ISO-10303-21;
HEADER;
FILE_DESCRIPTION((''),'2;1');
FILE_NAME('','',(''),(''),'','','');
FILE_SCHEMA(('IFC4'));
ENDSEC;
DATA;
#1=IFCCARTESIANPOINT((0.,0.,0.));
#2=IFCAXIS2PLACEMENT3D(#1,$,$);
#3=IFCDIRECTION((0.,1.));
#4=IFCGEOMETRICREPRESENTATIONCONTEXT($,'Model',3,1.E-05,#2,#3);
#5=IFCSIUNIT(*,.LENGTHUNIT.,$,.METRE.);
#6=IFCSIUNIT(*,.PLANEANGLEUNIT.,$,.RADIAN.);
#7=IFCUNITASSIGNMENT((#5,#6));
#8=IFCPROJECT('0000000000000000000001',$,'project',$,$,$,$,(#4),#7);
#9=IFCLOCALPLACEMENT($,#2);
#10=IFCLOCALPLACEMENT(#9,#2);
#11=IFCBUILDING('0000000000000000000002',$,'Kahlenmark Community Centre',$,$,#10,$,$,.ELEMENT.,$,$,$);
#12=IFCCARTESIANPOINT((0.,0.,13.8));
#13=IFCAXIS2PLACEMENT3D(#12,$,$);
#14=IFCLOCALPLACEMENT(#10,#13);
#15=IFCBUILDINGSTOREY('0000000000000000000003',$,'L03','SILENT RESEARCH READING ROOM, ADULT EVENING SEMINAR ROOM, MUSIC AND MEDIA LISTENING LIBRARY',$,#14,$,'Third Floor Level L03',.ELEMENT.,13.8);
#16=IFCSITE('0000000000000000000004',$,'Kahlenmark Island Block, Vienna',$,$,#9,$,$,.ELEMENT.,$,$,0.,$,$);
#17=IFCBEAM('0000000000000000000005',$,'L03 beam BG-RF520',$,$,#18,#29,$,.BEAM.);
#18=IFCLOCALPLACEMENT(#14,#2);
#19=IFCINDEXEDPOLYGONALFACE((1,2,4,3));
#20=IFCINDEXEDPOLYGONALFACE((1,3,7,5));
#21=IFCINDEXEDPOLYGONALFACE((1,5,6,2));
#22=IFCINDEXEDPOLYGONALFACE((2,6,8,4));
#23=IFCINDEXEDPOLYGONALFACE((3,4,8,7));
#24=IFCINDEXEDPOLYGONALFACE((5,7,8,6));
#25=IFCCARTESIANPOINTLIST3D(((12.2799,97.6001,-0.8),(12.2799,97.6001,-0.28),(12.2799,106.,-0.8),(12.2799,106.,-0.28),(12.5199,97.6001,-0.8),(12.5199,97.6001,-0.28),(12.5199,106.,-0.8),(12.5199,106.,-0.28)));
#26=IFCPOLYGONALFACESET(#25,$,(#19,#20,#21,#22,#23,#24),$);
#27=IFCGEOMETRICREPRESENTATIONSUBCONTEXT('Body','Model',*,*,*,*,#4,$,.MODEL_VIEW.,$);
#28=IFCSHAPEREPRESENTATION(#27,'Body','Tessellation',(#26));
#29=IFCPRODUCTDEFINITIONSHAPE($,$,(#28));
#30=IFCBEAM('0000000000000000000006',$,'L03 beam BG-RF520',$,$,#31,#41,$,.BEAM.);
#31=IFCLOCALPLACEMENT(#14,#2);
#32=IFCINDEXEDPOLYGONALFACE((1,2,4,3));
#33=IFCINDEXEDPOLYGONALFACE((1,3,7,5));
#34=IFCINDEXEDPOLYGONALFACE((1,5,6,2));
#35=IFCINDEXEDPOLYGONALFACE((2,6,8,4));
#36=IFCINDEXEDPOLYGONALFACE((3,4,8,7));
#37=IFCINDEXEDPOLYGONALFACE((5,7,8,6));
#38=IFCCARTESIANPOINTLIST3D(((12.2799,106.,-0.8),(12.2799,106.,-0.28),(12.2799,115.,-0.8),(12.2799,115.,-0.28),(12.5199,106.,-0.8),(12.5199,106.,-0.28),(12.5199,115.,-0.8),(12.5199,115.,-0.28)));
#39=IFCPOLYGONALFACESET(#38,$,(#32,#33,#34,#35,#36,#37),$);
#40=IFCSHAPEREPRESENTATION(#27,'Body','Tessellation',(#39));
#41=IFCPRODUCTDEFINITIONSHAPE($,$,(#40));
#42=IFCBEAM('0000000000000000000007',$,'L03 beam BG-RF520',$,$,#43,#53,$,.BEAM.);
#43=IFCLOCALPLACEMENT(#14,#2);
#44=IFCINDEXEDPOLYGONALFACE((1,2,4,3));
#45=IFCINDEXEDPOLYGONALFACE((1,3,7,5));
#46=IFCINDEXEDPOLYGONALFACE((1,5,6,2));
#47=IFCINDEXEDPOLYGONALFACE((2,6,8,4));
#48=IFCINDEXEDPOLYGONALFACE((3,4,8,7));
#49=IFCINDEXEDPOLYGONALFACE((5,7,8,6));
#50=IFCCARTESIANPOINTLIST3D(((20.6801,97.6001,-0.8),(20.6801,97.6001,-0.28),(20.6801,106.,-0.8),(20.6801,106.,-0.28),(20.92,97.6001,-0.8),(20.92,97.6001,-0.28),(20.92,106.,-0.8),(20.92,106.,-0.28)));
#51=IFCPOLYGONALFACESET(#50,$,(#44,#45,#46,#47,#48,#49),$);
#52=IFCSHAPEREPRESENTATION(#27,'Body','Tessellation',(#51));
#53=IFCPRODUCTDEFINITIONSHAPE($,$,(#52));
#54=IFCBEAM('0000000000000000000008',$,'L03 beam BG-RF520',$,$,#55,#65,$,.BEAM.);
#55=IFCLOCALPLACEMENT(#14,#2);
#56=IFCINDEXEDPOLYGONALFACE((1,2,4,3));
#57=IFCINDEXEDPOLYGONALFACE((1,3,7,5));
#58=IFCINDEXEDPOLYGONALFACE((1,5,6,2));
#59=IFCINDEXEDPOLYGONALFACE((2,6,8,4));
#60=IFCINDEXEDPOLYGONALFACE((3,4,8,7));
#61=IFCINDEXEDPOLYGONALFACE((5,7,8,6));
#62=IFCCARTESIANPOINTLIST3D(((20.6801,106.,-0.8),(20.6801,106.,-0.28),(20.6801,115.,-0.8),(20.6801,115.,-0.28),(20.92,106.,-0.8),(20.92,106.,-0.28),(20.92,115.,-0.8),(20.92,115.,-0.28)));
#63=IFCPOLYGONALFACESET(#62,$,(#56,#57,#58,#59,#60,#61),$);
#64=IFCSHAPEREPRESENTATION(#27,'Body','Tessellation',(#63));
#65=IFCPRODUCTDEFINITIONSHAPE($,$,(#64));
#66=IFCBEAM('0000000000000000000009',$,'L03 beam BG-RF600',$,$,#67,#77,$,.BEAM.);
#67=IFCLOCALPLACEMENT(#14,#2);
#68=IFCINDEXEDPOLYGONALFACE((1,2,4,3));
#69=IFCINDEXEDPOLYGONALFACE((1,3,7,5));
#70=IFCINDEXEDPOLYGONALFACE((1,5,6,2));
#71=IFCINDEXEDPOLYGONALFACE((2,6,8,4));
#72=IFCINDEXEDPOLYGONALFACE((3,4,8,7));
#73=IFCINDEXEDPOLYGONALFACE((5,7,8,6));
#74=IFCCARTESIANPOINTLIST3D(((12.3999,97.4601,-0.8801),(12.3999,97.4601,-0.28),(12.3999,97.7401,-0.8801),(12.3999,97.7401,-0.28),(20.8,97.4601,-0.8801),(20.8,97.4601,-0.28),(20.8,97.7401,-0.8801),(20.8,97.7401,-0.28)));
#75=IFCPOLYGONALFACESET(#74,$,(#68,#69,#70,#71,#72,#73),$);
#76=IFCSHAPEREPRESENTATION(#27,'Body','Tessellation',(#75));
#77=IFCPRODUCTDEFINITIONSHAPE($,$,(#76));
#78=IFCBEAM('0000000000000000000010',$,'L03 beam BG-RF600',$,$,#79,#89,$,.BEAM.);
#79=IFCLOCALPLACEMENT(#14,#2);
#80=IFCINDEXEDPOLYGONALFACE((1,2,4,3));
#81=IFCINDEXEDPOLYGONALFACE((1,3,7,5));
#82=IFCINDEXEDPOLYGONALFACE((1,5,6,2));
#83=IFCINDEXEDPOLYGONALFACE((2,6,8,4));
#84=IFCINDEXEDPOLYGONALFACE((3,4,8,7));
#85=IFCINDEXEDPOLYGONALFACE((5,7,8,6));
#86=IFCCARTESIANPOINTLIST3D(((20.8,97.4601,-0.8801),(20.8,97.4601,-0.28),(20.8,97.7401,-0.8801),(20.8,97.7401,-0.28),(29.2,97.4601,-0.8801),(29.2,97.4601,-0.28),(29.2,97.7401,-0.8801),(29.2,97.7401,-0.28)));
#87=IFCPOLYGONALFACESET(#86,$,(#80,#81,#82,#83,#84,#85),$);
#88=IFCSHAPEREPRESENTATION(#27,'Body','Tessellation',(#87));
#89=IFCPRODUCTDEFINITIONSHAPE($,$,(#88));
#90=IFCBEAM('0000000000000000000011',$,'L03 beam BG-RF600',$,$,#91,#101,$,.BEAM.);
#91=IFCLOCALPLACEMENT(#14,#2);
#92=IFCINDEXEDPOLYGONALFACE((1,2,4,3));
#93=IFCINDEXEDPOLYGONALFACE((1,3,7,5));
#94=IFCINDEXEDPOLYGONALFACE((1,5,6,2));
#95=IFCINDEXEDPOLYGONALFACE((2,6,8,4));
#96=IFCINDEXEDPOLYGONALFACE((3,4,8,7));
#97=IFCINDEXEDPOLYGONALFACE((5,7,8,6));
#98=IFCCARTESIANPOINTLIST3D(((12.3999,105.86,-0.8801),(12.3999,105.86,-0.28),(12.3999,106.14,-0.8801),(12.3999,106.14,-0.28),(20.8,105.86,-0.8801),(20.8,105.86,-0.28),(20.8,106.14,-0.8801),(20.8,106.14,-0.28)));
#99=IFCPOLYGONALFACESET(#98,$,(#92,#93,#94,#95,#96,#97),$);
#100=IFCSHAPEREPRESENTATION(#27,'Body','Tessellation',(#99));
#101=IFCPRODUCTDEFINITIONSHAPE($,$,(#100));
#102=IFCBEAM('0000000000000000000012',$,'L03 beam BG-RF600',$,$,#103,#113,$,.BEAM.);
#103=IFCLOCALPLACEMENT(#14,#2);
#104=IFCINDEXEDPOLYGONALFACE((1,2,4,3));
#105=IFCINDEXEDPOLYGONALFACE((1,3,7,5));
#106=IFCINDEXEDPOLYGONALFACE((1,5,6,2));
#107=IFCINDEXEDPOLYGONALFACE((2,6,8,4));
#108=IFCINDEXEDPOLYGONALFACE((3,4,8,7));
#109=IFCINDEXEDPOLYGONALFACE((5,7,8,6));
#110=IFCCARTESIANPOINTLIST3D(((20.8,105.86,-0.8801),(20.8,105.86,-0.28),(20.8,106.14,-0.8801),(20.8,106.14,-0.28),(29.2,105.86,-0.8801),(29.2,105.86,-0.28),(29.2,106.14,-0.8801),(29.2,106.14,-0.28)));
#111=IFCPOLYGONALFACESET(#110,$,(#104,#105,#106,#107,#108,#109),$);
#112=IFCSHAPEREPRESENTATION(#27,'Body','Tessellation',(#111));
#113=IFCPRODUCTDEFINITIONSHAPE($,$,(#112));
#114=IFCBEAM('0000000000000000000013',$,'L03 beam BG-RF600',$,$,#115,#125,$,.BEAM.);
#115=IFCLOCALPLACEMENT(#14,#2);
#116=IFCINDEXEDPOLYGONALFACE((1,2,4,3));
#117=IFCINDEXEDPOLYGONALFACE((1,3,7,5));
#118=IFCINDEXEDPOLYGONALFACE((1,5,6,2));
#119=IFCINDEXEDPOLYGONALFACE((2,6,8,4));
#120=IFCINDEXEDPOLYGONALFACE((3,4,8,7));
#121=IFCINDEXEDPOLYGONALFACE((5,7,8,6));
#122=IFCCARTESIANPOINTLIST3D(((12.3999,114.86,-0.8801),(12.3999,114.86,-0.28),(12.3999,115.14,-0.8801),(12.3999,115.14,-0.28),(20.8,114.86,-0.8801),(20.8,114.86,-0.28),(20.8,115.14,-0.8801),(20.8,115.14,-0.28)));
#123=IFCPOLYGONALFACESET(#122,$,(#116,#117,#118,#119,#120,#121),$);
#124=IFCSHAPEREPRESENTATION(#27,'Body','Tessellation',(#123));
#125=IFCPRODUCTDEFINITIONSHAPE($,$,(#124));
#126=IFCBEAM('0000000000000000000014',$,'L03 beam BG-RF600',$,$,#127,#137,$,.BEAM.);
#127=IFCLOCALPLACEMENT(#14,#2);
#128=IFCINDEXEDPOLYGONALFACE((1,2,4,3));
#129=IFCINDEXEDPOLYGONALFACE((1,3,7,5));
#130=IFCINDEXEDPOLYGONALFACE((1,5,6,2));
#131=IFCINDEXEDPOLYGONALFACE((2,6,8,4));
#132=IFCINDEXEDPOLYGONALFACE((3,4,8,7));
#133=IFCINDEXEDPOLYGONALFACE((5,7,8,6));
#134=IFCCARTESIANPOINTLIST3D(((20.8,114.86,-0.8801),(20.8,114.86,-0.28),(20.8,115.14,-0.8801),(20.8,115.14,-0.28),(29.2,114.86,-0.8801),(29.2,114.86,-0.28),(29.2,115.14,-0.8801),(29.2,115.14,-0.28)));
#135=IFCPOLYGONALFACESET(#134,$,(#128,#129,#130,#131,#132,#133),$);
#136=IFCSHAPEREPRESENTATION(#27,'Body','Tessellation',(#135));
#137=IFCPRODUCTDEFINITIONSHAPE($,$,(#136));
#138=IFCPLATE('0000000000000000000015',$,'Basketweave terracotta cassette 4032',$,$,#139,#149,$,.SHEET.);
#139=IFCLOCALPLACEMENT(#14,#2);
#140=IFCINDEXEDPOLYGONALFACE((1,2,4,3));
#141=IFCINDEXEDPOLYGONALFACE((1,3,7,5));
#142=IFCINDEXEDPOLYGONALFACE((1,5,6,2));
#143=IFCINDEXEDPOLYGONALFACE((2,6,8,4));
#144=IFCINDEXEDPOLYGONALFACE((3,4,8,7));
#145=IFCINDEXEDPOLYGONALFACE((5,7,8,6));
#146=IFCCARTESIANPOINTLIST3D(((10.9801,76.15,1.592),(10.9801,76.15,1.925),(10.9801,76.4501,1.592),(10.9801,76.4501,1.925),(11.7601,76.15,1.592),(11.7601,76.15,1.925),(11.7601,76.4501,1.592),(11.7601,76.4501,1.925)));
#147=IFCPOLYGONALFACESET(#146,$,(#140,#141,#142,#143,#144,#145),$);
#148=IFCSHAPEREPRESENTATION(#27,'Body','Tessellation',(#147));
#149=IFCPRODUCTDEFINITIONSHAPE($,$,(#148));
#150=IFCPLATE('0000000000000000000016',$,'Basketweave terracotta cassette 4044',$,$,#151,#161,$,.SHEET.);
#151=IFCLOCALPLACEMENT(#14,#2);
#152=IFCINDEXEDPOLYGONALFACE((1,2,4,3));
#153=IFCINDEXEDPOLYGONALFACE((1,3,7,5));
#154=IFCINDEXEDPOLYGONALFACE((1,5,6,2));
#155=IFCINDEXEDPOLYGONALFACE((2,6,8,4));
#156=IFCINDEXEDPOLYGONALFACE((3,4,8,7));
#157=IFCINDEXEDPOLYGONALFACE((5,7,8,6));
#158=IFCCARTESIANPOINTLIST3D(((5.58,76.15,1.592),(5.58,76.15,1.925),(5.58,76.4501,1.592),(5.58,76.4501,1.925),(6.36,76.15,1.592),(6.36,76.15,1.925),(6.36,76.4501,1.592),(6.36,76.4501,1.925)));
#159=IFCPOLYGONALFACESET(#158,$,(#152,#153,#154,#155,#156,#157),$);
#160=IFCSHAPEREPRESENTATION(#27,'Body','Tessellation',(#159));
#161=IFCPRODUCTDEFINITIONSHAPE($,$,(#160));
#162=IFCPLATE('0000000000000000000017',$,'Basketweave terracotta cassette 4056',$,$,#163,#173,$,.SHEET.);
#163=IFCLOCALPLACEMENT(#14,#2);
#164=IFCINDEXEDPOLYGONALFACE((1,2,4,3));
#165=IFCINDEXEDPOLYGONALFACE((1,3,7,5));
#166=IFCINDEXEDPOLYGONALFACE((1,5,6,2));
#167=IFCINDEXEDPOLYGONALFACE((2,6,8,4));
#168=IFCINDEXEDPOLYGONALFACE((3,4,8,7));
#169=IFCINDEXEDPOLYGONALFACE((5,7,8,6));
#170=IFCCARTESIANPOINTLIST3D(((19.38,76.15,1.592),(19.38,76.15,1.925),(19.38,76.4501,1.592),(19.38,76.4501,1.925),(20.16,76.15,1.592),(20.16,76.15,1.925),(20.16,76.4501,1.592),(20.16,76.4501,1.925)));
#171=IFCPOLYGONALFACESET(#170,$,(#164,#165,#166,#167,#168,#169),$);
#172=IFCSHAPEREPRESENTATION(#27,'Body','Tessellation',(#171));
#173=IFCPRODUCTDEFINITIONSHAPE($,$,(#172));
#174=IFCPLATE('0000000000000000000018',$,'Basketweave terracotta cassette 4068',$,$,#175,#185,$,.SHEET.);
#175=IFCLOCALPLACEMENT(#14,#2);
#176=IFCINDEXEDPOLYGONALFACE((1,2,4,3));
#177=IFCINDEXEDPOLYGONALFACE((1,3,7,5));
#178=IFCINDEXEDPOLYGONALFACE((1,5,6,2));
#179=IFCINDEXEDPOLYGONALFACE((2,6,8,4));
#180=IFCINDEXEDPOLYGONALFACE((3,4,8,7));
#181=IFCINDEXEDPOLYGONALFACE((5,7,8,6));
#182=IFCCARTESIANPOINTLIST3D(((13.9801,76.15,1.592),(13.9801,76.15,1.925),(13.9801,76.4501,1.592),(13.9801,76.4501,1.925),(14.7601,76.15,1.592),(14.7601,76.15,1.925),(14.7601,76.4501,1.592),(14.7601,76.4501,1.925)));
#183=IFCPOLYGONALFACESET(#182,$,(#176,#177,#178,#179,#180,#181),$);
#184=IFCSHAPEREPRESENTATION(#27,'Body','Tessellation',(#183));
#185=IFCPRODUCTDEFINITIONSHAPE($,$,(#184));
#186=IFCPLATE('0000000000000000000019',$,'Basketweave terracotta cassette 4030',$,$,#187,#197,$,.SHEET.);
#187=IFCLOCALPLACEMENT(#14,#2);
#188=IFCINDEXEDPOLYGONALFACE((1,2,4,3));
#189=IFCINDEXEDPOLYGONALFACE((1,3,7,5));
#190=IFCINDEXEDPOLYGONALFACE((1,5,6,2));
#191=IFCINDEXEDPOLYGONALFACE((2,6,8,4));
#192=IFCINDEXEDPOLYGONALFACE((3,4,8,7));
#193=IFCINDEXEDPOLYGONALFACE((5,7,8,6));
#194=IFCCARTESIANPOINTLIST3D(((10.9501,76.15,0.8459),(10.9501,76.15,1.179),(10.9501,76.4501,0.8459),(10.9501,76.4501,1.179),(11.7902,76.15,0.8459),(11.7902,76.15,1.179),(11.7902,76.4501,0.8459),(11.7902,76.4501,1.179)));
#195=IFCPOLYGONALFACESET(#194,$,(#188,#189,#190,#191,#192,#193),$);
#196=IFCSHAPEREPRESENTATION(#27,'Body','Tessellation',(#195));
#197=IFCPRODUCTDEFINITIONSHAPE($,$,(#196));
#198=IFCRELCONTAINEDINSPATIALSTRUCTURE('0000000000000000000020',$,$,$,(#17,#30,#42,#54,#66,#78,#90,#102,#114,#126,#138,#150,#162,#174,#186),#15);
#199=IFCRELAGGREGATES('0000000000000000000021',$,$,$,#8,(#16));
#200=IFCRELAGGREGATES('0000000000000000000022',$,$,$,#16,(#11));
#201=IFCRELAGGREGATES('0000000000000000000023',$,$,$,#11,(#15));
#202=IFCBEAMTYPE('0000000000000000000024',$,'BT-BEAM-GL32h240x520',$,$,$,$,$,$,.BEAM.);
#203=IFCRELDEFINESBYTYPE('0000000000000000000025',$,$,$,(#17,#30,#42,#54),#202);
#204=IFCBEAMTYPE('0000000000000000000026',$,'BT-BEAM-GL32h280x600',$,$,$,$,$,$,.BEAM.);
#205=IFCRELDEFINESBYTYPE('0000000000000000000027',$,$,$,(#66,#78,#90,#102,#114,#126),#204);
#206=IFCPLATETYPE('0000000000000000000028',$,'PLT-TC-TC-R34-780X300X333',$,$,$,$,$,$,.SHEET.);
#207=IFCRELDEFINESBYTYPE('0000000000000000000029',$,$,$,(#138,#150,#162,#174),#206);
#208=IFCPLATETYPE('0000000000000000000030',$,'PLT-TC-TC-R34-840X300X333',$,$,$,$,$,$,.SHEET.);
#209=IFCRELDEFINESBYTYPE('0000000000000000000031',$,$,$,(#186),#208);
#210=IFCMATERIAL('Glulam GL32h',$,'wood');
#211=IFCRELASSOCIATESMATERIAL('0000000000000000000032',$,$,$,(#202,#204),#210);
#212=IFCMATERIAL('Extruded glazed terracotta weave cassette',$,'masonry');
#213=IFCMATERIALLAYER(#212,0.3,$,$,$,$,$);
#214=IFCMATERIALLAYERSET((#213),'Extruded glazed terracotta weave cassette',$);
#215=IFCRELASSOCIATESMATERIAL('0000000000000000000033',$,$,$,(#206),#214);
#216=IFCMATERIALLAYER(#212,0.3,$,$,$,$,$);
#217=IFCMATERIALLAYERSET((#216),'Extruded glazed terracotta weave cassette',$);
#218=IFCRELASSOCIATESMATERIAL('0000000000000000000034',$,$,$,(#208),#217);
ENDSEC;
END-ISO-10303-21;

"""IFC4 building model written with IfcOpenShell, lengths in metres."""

from ifc_helpers import new_model, si_unit, direction, frame, origin, origin_2d, place, context, subcontext, project, spatial, rectangle, extrude, material, layer, layer_set, material_profile, profile_set, type_object, element, save


model = new_model("IFC4")

# Units and contexts
model_context = context("Model", 3, precision=1e-05, world=origin(), true_north=direction((0.0, 1.0)))
body_context = subcontext(model_context, "Body", "Model", "MODEL_VIEW")
ifc_project = project(units=[si_unit("LENGTHUNIT", "METRE"), si_unit("PLANEANGLEUNIT", "RADIAN")], contexts=[model_context])

# Site, building, storey
site_placement = place(None, origin())
site = spatial("IfcSite", under=ifc_project, at=site_placement, Name="Kahlenmark Island Block, Vienna", CompositionType="ELEMENT", RefElevation=0.0)
building_placement = place(site_placement, origin())
building = spatial("IfcBuilding", under=site, at=building_placement, Name="Kahlenmark Community Centre", CompositionType="ELEMENT")
storey_placement = place(building_placement, frame((0.0, 0.0, 13.8)))
storey = spatial("IfcBuildingStorey", under=building, at=storey_placement, Name="L03", Description="SILENT RESEARCH READING ROOM, ADULT EVENING SEMINAR ROOM, MUSIC AND MEDIA LISTENING LIBRARY", LongName="Third Floor Level L03", CompositionType="ELEMENT", Elevation=13.8)

# Beams
ifc_material_1 = material(Name="Glulam GL32h", Category="wood")
ifc_material_profile_1 = material_profile(ifc_material_1, rectangle(XDim=0.24, YDim=0.52, at=origin_2d()), Name="GL32h 240x520")
ifc_profile_set_1 = profile_set([ifc_material_profile_1], Name="Glulam GL32h")
beam_type_1 = type_object("IfcBeamType", Name="BT-BEAM-GL32h240x520", PredefinedType="BEAM", material=ifc_profile_set_1)
beam_1_placement = place(storey_placement, frame((12.3999, 97.6001, -0.54), z_axis=(0.0, 1.0, 0.0), x_axis=(-1.0, 0.0, 0.0)))
element("IfcBeam", 1, at=beam_1_placement, inside=storey, type_object=beam_type_1, Name="L03 beam BG-RF520", PredefinedType="BEAM", context=body_context, shape_type="SweptSolid", body=[
    extrude(rectangle(XDim=0.24, YDim=0.52, at=origin_2d()), origin(), (0.0, 0.0, 1.0), 8.3999),
])
beam_2_placement = place(storey_placement, frame((12.3999, 106.0, -0.54), z_axis=(0.0, 1.0, 0.0), x_axis=(-1.0, 0.0, 0.0)))
element("IfcBeam", 2, at=beam_2_placement, inside=storey, type_object=beam_type_1, Name="L03 beam BG-RF520", PredefinedType="BEAM", context=body_context, shape_type="SweptSolid", body=[
    extrude(rectangle(XDim=0.24, YDim=0.52, at=origin_2d()), origin(), (0.0, 0.0, 1.0), 9.0),
])
beam_3_placement = place(storey_placement, frame((20.8, 97.6001, -0.54), z_axis=(0.0, 1.0, 0.0), x_axis=(-1.0, 0.0, 0.0)))
element("IfcBeam", 3, at=beam_3_placement, inside=storey, type_object=beam_type_1, Name="L03 beam BG-RF520", PredefinedType="BEAM", context=body_context, shape_type="SweptSolid", body=[
    extrude(rectangle(XDim=0.24, YDim=0.52, at=origin_2d()), origin(), (0.0, 0.0, 1.0), 8.3999),
])
beam_4_placement = place(storey_placement, frame((20.8, 106.0, -0.54), z_axis=(0.0, 1.0, 0.0), x_axis=(-1.0, 0.0, 0.0)))
element("IfcBeam", 4, at=beam_4_placement, inside=storey, type_object=beam_type_1, Name="L03 beam BG-RF520", PredefinedType="BEAM", context=body_context, shape_type="SweptSolid", body=[
    extrude(rectangle(XDim=0.24, YDim=0.52, at=origin_2d()), origin(), (0.0, 0.0, 1.0), 9.0),
])
ifc_material_profile_2 = material_profile(ifc_material_1, rectangle(XDim=0.28, YDim=0.6001, at=origin_2d()), Name="GL32h 280x600")
ifc_profile_set_2 = profile_set([ifc_material_profile_2], Name="Glulam GL32h")
beam_type_2 = type_object("IfcBeamType", Name="BT-BEAM-GL32h280x600", PredefinedType="BEAM", material=ifc_profile_set_2)
beam_5_placement = place(storey_placement, frame((12.3999, 97.6001, -0.5801), z_axis=(1.0, 0.0, 0.0), x_axis=(0.0, 1.0, 0.0)))
element("IfcBeam", 5, at=beam_5_placement, inside=storey, type_object=beam_type_2, Name="L03 beam BG-RF600", PredefinedType="BEAM", context=body_context, shape_type="SweptSolid", body=[
    extrude(rectangle(XDim=0.28, YDim=0.6001, at=origin_2d()), origin(), (0.0, 0.0, 1.0), 8.4001),
])
beam_6_placement = place(storey_placement, frame((20.8, 97.6001, -0.5801), z_axis=(1.0, 0.0, 0.0), x_axis=(0.0, 1.0, 0.0)))
element("IfcBeam", 6, at=beam_6_placement, inside=storey, type_object=beam_type_2, Name="L03 beam BG-RF600", PredefinedType="BEAM", context=body_context, shape_type="SweptSolid", body=[
    extrude(rectangle(XDim=0.28, YDim=0.6001, at=origin_2d()), origin(), (0.0, 0.0, 1.0), 8.3999),
])
beam_7_placement = place(storey_placement, frame((12.3999, 106.0, -0.5801), z_axis=(1.0, 0.0, 0.0), x_axis=(0.0, 1.0, 0.0)))
element("IfcBeam", 7, at=beam_7_placement, inside=storey, type_object=beam_type_2, Name="L03 beam BG-RF600", PredefinedType="BEAM", context=body_context, shape_type="SweptSolid", body=[
    extrude(rectangle(XDim=0.28, YDim=0.6001, at=origin_2d()), origin(), (0.0, 0.0, 1.0), 8.4001),
])
beam_8_placement = place(storey_placement, frame((20.8, 106.0, -0.5801), z_axis=(1.0, 0.0, 0.0), x_axis=(0.0, 1.0, 0.0)))
element("IfcBeam", 8, at=beam_8_placement, inside=storey, type_object=beam_type_2, Name="L03 beam BG-RF600", PredefinedType="BEAM", context=body_context, shape_type="SweptSolid", body=[
    extrude(rectangle(XDim=0.28, YDim=0.6001, at=origin_2d()), origin(), (0.0, 0.0, 1.0), 8.3999),
])
beam_9_placement = place(storey_placement, frame((12.3999, 115.0, -0.5801), z_axis=(1.0, 0.0, 0.0), x_axis=(0.0, 1.0, 0.0)))
element("IfcBeam", 9, at=beam_9_placement, inside=storey, type_object=beam_type_2, Name="L03 beam BG-RF600", PredefinedType="BEAM", context=body_context, shape_type="SweptSolid", body=[
    extrude(rectangle(XDim=0.28, YDim=0.6001, at=origin_2d()), origin(), (0.0, 0.0, 1.0), 8.4001),
])
beam_10_placement = place(storey_placement, frame((20.8, 115.0, -0.5801), z_axis=(1.0, 0.0, 0.0), x_axis=(0.0, 1.0, 0.0)))
element("IfcBeam", 10, at=beam_10_placement, inside=storey, type_object=beam_type_2, Name="L03 beam BG-RF600", PredefinedType="BEAM", context=body_context, shape_type="SweptSolid", body=[
    extrude(rectangle(XDim=0.28, YDim=0.6001, at=origin_2d()), origin(), (0.0, 0.0, 1.0), 8.3999),
])

# Plates
ifc_material_2 = material(Name="Extruded glazed terracotta weave cassette", Category="masonry")
ifc_layer_1 = layer(ifc_material_2, 0.3)
ifc_layer_set_1 = layer_set([ifc_layer_1], Name="Extruded glazed terracotta weave cassette")
plate_type_1 = type_object("IfcPlateType", Name="PLT-TC-TC-R34-780X300X333", PredefinedType="SHEET", material=ifc_layer_set_1)
for number, where, z_axis, x_axis, name in (
    (11, (11.3701, 76.3, 1.592), (0.0, 0.0, 1.0), (-1.0, 0.0, 0.0), "Basketweave terracotta cassette 4032"),
    (12, (5.97, 76.3, 1.592), (0.0, 0.0, 1.0), (-1.0, 0.0, 0.0), "Basketweave terracotta cassette 4044"),
    (13, (19.77, 76.3, 1.592), (0.0, 0.0, 1.0), (-1.0, 0.0, 0.0), "Basketweave terracotta cassette 4056"),
    (14, (14.3701, 76.3, 1.592), (0.0, 0.0, 1.0), (-1.0, 0.0, 0.0), "Basketweave terracotta cassette 4068"),
):
    element("IfcPlate", number, at=place(storey_placement, frame(where, z_axis=z_axis, x_axis=x_axis)), inside=storey, type_object=plate_type_1, Name=name, PredefinedType="SHEET", context=body_context, shape_type="SweptSolid", body=[
        extrude(rectangle(XDim=0.78, YDim=0.3, at=origin_2d()), origin(), (0.0, 0.0, 1.0), 0.333),
    ])
ifc_layer_2 = layer(ifc_material_2, 0.3)
ifc_layer_set_2 = layer_set([ifc_layer_2], Name="Extruded glazed terracotta weave cassette")
plate_type_2 = type_object("IfcPlateType", Name="PLT-TC-TC-R34-840X300X333", PredefinedType="SHEET", material=ifc_layer_set_2)
for number, where, z_axis, x_axis, name in (
    (15, (11.3701, 76.3, 0.8459), (0.0, 0.0, 1.0), (-1.0, 0.0, 0.0), "Basketweave terracotta cassette 4030"),
):
    element("IfcPlate", number, at=place(storey_placement, frame(where, z_axis=z_axis, x_axis=x_axis)), inside=storey, type_object=plate_type_2, Name=name, PredefinedType="SHEET", context=body_context, shape_type="SweptSolid", body=[
        extrude(rectangle(XDim=0.8401, YDim=0.3, at=origin_2d()), origin(), (0.0, 0.0, 1.0), 0.333),
    ])

save(model, "model.ifc")
